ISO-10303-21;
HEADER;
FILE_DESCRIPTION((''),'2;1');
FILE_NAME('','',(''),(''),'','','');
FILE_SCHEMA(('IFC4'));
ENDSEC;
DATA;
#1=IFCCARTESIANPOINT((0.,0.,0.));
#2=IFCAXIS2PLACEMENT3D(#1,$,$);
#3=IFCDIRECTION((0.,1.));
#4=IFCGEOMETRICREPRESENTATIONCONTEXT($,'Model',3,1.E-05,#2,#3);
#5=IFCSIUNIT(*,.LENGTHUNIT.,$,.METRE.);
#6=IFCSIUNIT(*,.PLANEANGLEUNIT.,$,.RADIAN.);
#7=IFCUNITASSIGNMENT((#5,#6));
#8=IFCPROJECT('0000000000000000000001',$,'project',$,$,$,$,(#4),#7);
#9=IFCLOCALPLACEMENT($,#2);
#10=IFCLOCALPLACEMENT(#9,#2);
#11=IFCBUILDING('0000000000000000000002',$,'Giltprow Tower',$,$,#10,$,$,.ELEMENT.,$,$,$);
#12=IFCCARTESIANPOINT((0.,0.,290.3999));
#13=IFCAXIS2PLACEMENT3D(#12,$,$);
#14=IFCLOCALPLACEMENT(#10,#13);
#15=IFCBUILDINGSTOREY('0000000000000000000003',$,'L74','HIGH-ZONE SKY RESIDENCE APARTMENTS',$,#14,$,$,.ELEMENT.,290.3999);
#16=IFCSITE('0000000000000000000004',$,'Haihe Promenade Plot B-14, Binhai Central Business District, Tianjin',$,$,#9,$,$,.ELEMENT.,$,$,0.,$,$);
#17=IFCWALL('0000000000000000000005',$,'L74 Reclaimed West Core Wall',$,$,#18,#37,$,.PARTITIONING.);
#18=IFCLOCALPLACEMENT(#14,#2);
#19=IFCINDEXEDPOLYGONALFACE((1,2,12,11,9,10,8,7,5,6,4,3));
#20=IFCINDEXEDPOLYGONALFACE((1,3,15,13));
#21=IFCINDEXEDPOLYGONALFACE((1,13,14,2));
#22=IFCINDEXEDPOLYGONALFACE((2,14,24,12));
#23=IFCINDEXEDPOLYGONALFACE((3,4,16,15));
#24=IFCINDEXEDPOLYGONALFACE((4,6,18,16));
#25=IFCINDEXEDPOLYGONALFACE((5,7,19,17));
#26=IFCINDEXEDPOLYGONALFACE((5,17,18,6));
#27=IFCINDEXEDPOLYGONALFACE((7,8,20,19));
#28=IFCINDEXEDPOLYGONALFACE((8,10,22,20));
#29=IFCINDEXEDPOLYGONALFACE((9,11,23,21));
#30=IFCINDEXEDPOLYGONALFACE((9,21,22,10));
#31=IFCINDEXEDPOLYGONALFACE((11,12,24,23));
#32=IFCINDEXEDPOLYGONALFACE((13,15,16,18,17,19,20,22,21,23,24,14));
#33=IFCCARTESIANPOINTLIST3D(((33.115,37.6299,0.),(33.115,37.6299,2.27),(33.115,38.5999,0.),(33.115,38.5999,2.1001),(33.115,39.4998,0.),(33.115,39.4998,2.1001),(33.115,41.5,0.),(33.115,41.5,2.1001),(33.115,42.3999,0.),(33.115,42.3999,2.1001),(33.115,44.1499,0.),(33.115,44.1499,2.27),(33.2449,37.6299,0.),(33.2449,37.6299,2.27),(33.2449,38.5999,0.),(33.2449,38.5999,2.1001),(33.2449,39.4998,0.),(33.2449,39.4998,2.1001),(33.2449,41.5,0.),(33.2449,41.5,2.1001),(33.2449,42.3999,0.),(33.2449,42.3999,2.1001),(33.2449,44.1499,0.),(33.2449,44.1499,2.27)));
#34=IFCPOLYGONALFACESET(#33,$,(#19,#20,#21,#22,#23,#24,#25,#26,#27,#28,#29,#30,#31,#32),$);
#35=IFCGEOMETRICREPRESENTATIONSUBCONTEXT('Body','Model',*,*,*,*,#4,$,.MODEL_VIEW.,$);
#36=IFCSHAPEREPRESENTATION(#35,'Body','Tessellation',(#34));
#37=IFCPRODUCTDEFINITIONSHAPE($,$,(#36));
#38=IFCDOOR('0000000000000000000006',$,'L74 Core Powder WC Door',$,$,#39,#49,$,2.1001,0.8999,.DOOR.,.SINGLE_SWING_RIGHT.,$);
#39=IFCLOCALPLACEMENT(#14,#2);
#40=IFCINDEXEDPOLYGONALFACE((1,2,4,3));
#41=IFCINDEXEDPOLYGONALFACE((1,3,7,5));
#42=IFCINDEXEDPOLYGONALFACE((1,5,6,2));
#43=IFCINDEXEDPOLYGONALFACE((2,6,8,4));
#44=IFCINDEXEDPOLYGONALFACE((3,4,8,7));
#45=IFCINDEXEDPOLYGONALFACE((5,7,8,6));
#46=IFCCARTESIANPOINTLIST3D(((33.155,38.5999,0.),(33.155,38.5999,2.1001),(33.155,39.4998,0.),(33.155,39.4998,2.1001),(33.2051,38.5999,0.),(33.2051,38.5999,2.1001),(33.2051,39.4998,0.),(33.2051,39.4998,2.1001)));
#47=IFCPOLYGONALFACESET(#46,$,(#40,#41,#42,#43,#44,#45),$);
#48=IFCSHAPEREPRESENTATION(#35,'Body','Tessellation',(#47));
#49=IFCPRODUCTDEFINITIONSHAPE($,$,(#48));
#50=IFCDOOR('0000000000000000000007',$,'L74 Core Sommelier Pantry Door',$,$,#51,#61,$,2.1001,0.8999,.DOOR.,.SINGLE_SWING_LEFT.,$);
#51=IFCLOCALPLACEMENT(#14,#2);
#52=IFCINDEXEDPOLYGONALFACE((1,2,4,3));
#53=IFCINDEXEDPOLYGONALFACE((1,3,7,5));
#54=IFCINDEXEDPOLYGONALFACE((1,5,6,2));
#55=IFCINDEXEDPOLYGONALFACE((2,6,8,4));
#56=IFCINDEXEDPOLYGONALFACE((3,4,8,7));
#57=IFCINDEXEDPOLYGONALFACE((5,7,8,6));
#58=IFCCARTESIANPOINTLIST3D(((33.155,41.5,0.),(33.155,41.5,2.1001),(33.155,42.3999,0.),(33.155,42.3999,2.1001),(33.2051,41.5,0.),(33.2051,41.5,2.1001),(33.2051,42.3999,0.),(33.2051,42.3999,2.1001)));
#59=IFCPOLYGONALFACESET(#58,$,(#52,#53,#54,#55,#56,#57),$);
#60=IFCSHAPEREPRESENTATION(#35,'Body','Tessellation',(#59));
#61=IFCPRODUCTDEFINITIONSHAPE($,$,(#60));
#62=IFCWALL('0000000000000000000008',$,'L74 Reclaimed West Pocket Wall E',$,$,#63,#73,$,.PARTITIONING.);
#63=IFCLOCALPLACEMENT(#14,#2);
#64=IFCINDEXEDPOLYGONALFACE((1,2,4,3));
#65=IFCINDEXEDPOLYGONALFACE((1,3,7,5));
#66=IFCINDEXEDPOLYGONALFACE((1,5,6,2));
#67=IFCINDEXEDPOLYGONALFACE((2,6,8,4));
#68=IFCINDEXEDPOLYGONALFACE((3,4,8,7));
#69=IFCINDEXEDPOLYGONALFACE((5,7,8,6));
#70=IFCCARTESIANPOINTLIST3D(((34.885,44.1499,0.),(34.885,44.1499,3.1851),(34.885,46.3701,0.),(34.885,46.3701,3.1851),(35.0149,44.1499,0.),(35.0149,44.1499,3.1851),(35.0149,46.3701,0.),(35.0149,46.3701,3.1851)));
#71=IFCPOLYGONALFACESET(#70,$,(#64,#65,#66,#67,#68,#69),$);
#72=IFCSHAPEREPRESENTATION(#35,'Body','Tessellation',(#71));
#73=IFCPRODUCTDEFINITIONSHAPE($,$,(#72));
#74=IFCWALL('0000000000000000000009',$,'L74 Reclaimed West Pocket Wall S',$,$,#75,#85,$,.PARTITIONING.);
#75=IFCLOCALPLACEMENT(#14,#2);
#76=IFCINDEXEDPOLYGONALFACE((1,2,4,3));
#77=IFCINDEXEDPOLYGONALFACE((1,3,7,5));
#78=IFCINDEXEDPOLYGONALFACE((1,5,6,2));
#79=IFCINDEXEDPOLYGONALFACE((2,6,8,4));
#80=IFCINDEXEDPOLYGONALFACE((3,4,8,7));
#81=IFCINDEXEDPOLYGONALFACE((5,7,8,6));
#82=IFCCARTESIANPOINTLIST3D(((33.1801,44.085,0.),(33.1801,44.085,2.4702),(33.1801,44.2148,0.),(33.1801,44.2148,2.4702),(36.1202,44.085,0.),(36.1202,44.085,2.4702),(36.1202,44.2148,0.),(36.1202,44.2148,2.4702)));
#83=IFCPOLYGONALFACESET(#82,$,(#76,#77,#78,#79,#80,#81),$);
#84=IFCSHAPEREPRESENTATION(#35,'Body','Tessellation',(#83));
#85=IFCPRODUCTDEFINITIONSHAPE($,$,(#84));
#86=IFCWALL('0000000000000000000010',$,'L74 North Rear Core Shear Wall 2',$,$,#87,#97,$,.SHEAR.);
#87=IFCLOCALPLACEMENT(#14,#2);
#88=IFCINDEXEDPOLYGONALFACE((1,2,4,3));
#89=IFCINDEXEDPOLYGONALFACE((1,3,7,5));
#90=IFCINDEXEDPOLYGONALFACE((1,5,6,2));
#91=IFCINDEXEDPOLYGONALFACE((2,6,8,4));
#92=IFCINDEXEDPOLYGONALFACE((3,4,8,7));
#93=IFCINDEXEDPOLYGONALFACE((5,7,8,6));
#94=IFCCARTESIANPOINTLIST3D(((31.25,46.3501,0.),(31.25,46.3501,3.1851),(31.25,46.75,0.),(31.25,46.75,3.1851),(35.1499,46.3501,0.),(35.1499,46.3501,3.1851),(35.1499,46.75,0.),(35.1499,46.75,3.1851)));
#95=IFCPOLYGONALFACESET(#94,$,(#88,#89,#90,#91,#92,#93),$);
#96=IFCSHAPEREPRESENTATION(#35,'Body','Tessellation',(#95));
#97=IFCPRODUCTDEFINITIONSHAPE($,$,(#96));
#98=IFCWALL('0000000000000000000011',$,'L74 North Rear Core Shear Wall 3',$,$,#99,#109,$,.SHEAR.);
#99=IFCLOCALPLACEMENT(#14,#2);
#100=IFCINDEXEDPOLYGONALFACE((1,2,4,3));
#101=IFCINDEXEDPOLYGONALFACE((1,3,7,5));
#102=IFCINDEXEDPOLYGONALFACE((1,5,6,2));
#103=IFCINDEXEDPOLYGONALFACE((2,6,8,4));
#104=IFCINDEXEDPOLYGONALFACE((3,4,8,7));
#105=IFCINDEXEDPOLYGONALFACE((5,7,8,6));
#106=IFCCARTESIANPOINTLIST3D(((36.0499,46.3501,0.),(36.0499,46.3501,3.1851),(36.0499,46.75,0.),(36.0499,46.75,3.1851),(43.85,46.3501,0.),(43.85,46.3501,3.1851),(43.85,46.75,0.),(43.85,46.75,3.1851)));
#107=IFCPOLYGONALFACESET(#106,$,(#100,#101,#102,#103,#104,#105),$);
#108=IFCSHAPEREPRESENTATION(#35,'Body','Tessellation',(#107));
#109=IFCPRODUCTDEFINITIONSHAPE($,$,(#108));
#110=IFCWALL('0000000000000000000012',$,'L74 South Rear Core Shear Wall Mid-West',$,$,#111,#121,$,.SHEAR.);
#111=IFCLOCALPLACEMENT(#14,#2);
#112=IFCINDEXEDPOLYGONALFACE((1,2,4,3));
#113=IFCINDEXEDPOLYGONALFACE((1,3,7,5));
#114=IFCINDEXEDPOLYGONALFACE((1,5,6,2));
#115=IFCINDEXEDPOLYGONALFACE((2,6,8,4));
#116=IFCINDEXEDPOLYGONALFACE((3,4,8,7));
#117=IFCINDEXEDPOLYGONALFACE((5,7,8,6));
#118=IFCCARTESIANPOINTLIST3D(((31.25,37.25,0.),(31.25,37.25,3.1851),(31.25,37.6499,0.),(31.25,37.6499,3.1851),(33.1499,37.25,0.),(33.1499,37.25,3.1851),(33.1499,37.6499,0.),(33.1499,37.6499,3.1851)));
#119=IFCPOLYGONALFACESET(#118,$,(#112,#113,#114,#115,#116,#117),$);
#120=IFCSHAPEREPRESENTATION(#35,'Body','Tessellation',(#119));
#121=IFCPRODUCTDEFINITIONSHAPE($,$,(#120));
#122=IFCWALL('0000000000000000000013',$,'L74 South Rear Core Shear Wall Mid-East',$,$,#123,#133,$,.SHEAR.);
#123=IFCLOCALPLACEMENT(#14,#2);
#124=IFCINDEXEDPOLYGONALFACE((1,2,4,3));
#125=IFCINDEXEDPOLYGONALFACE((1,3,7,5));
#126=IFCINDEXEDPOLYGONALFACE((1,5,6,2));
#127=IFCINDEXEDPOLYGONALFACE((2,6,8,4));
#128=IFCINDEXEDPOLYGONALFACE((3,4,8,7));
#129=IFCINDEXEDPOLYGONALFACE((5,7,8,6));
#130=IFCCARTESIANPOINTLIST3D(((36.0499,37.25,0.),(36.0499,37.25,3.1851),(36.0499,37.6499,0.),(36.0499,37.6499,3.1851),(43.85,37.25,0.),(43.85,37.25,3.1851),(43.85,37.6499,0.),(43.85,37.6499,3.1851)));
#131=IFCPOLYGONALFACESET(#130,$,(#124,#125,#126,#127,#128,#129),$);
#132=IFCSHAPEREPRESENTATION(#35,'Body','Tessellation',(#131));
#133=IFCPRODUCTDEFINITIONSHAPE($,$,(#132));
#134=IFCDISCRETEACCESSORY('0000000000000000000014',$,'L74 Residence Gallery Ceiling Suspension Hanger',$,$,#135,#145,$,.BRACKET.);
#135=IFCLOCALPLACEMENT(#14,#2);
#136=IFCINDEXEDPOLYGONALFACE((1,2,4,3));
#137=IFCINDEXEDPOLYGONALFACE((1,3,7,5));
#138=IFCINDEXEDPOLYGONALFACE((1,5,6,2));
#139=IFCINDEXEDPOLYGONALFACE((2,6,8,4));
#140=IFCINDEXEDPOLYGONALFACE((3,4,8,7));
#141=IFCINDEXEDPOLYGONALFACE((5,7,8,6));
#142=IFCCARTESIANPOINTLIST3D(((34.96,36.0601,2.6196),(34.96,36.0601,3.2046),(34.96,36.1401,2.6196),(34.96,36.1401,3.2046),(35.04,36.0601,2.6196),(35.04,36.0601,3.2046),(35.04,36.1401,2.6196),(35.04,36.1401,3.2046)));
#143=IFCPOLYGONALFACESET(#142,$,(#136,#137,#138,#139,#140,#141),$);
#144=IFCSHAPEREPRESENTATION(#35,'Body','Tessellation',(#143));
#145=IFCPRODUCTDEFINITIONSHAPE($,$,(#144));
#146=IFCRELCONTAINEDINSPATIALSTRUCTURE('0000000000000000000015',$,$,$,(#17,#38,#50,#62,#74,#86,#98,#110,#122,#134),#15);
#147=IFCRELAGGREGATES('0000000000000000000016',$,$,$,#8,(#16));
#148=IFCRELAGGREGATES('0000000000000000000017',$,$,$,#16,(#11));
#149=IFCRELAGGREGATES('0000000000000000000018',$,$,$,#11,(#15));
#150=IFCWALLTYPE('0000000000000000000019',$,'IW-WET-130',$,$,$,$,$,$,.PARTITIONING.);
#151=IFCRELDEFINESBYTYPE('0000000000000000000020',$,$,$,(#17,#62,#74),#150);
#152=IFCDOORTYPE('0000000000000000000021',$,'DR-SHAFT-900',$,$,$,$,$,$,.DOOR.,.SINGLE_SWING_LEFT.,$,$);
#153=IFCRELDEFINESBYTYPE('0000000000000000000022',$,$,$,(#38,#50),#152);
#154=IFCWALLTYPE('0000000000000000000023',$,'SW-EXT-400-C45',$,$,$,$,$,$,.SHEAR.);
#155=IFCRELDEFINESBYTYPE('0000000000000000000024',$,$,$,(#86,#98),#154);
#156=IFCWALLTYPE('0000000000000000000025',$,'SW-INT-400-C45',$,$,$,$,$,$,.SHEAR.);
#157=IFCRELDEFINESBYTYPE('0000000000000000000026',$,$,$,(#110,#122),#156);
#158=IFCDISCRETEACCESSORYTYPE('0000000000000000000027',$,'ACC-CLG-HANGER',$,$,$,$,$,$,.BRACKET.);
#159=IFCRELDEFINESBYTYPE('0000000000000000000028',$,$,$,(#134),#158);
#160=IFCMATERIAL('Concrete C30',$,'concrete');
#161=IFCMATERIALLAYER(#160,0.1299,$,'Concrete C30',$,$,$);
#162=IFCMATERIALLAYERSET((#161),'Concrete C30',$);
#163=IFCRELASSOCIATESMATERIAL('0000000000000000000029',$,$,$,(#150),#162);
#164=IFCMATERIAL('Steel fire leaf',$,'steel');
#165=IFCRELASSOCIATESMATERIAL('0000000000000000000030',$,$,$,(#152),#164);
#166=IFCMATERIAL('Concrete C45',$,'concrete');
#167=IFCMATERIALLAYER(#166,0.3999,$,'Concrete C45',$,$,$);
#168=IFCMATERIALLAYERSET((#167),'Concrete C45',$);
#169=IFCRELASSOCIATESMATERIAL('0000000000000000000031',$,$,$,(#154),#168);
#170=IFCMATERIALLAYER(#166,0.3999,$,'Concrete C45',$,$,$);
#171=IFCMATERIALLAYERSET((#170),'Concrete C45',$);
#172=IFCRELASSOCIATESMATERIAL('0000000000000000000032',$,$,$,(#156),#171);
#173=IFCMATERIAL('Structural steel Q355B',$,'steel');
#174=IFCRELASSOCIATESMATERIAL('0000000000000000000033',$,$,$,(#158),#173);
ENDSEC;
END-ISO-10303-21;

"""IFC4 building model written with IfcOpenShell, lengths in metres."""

from ifc_helpers import new_model, si_unit, direction, frame, frame_2d, origin, origin_2d, place, context, subcontext, project, spatial, rectangle, extrude, source, transform, mapped, material, layer, layer_set, type_object, element, fill, save


model = new_model("IFC4")

# Units and contexts
model_context = context("Model", 3, precision=1e-05, world=origin(), true_north=direction((0.0, 1.0)))
body_context = subcontext(model_context, "Body", "Model", "MODEL_VIEW")
ifc_project = project(units=[si_unit("LENGTHUNIT", "METRE"), si_unit("PLANEANGLEUNIT", "RADIAN")], contexts=[model_context])

# Site, building, storey
site_placement = place(None, origin())
site = spatial("IfcSite", under=ifc_project, at=site_placement, Name="Haihe Promenade Plot B-14, Binhai Central Business District, Tianjin", CompositionType="ELEMENT", RefElevation=0.0)
building_placement = place(site_placement, origin())
building = spatial("IfcBuilding", under=site, at=building_placement, Name="Giltprow Tower", CompositionType="ELEMENT")
storey_placement = place(building_placement, frame((0.0, 0.0, 290.3999)))
storey = spatial("IfcBuildingStorey", under=building, at=storey_placement, Name="L74", Description="HIGH-ZONE SKY RESIDENCE APARTMENTS", CompositionType="ELEMENT", Elevation=290.3999)

# Shared definitions
ifc_material_1 = material(Name="Concrete C45", Category="concrete")

# Shared definitions
ifc_material_2 = material(Name="Structural steel Q355B", Category="steel")

# Wall, openings, doors
ifc_material_3 = material(Name="Concrete C30", Category="concrete")
ifc_layer_1 = layer(ifc_material_3, 0.1299, Name="Concrete C30")
ifc_layer_set_1 = layer_set([ifc_layer_1], Name="Concrete C30")
wall_type_1 = type_object("IfcWallType", Name="IW-WET-130", PredefinedType="PARTITIONING", material=ifc_layer_set_1)
wall_1_placement = place(storey_placement, frame((33.1799, 37.6299, 0.0), z_axis=(0.0, 0.0, 1.0), x_axis=(0.0, 1.0, 0.0)))
wall_1 = element("IfcWall", 1, at=wall_1_placement, inside=storey, type_object=wall_type_1, Name="L74 Reclaimed West Core Wall", PredefinedType="PARTITIONING", context=body_context, shape_type="SweptSolid", body=[
    extrude(rectangle(XDim=6.52, YDim=0.1299, at=frame_2d((3.26, 0.0))), origin(), (0.0, 0.0, 1.0), 2.27),
])
opening_1_placement = place(wall_1_placement, frame((0.97, 0.0, 0.0)))
opening_1 = element("IfcOpeningElement", 2, at=opening_1_placement, cuts=wall_1, PredefinedType="OPENING", context=body_context, shape_type="SweptSolid", body=[
    extrude(rectangle(XDim=0.8999, YDim=2.1001, at=frame_2d((0.45, 1.05))), frame((0.0, 0.075, 0.0), z_axis=(0.0, -1.0, 0.0), x_axis=(1.0, 0.0, 0.0)), (0.0, 0.0, 1.0), 0.1499),
])
opening_2_placement = place(wall_1_placement, frame((3.8701, 0.0, 0.0)))
opening_2 = element("IfcOpeningElement", 3, at=opening_2_placement, cuts=wall_1, PredefinedType="OPENING", context=body_context, shape_type="SweptSolid", body=[
    extrude(rectangle(XDim=0.8999, YDim=2.1001, at=frame_2d((0.45, 1.05))), frame((0.0, 0.075, 0.0), z_axis=(0.0, -1.0, 0.0), x_axis=(1.0, 0.0, 0.0)), (0.0, 0.0, 1.0), 0.1499),
])
ifc_material_4 = material(Name="Steel fire leaf", Category="steel")
door_type = type_object("IfcDoorType", Name="DR-SHAFT-900", OperationType="SINGLE_SWING_LEFT", PredefinedType="DOOR", material=ifc_material_4)
shared_shape_1 = source(origin(), body_context, "Body", "SweptSolid", [
    extrude(rectangle(XDim=0.8999, YDim=2.1001, at=frame_2d((0.45, 1.05))), frame((0.0, 0.0249, 0.0), z_axis=(0.0, -1.0, 0.0), x_axis=(1.0, 0.0, 0.0)), (0.0, 0.0, 1.0), 0.05),
])
door_1_placement = place(opening_1_placement, origin())
door_1 = element("IfcDoor", 4, at=door_1_placement, inside=storey, type_object=door_type, Name="L74 Core Powder WC Door", OperationType="SINGLE_SWING_RIGHT", OverallHeight=2.1001, OverallWidth=0.8999, PredefinedType="DOOR", context=body_context, shape_type="MappedRepresentation", body=[
    mapped(shared_shape_1, transform((0.0, 0.0, 0.0), x_axis=(1.0, 0.0, 0.0), y_axis=(0.0, 1.0, 0.0), z_axis=(0.0, 0.0, 1.0), scale=1.0)),
])
fill(opening_1, door_1)
door_2_placement = place(opening_2_placement, origin())
door_2 = element("IfcDoor", 5, at=door_2_placement, inside=storey, type_object=door_type, Name="L74 Core Sommelier Pantry Door", OperationType="SINGLE_SWING_LEFT", OverallHeight=2.1001, OverallWidth=0.8999, PredefinedType="DOOR", context=body_context, shape_type="MappedRepresentation", body=[
    mapped(shared_shape_1, transform((0.0, 0.0, 0.0), x_axis=(1.0, 0.0, 0.0), y_axis=(0.0, 1.0, 0.0), z_axis=(0.0, 0.0, 1.0), scale=1.0)),
])
fill(opening_2, door_2)

# Walls
wall_2_placement = place(storey_placement, frame((34.95, 44.1499, 0.0), z_axis=(0.0, 0.0, 1.0), x_axis=(0.0, 1.0, 0.0)))
element("IfcWall", 6, at=wall_2_placement, inside=storey, type_object=wall_type_1, Name="L74 Reclaimed West Pocket Wall E", PredefinedType="PARTITIONING", context=body_context, shape_type="SweptSolid", body=[
    extrude(rectangle(XDim=2.2202, YDim=0.1299, at=frame_2d((1.1101, 0.0))), origin(), (0.0, 0.0, 1.0), 3.1851),
])
wall_3_placement = place(storey_placement, frame((33.1799, 44.1499, 0.0), z_axis=(0.0, 0.0, 1.0), x_axis=(1.0, 0.0, 0.0)))
element("IfcWall", 7, at=wall_3_placement, inside=storey, type_object=wall_type_1, Name="L74 Reclaimed West Pocket Wall S", PredefinedType="PARTITIONING", context=body_context, shape_type="SweptSolid", body=[
    extrude(rectangle(XDim=2.9402, YDim=0.1299, at=frame_2d((1.4702, 0.0))), origin(), (0.0, 0.0, 1.0), 2.4702),
])
ifc_layer_2 = layer(ifc_material_1, 0.3999, Name="Concrete C45")
ifc_layer_set_2 = layer_set([ifc_layer_2], Name="Concrete C45")
wall_type_2 = type_object("IfcWallType", Name="SW-EXT-400-C45", PredefinedType="SHEAR", material=ifc_layer_set_2)
wall_4_placement = place(storey_placement, frame((31.25, 46.55, 0.0), z_axis=(0.0, 0.0, 1.0), x_axis=(1.0, 0.0, 0.0)))
element("IfcWall", 8, at=wall_4_placement, inside=storey, type_object=wall_type_2, Name="L74 North Rear Core Shear Wall 2", PredefinedType="SHEAR", context=body_context, shape_type="SweptSolid", body=[
    extrude(rectangle(XDim=3.8999, YDim=0.3999, at=frame_2d((1.95, 0.0))), origin(), (0.0, 0.0, 1.0), 3.1851),
])
wall_5_placement = place(storey_placement, frame((36.05, 46.55, 0.0), z_axis=(0.0, 0.0, 1.0), x_axis=(1.0, 0.0, 0.0)))
element("IfcWall", 9, at=wall_5_placement, inside=storey, type_object=wall_type_2, Name="L74 North Rear Core Shear Wall 3", PredefinedType="SHEAR", context=body_context, shape_type="SweptSolid", body=[
    extrude(rectangle(XDim=7.8, YDim=0.3999, at=frame_2d((3.8999, 0.0))), origin(), (0.0, 0.0, 1.0), 3.1851),
])
ifc_layer_3 = layer(ifc_material_1, 0.3999, Name="Concrete C45")
ifc_layer_set_3 = layer_set([ifc_layer_3], Name="Concrete C45")
wall_type_3 = type_object("IfcWallType", Name="SW-INT-400-C45", PredefinedType="SHEAR", material=ifc_layer_set_3)
wall_6_placement = place(storey_placement, frame((31.25, 37.45, 0.0), z_axis=(0.0, 0.0, 1.0), x_axis=(1.0, 0.0, 0.0)))
element("IfcWall", 10, at=wall_6_placement, inside=storey, type_object=wall_type_3, Name="L74 South Rear Core Shear Wall Mid-West", PredefinedType="SHEAR", context=body_context, shape_type="SweptSolid", body=[
    extrude(rectangle(XDim=1.8999, YDim=0.3999, at=frame_2d((0.95, 0.0))), origin(), (0.0, 0.0, 1.0), 3.1851),
])
wall_7_placement = place(storey_placement, frame((36.05, 37.45, 0.0), z_axis=(0.0, 0.0, 1.0), x_axis=(1.0, 0.0, 0.0)))
element("IfcWall", 11, at=wall_7_placement, inside=storey, type_object=wall_type_3, Name="L74 South Rear Core Shear Wall Mid-East", PredefinedType="SHEAR", context=body_context, shape_type="SweptSolid", body=[
    extrude(rectangle(XDim=7.8, YDim=0.3999, at=frame_2d((3.8999, 0.0))), origin(), (0.0, 0.0, 1.0), 3.1851),
])

# Discrete accessory
discrete_accessory_type = type_object("IfcDiscreteAccessoryType", Name="ACC-CLG-HANGER", PredefinedType="BRACKET", material=ifc_material_2)
shared_shape_2 = source(origin(), body_context, "Body", "SweptSolid", [
    extrude(rectangle(XDim=0.0801, YDim=0.0801, at=origin_2d()), origin(), (0.0, 0.0, 1.0), 0.585),
])
discrete_accessory_placement = place(storey_placement, frame((35.0, 36.1001, 2.6196), z_axis=(0.0, 0.0, 1.0), x_axis=(1.0, 0.0, 0.0)))
element("IfcDiscreteAccessory", 12, at=discrete_accessory_placement, inside=storey, type_object=discrete_accessory_type, Name="L74 Residence Gallery Ceiling Suspension Hanger", PredefinedType="BRACKET", context=body_context, shape_type="MappedRepresentation", body=[
    mapped(shared_shape_2, transform((0.0, 0.0, 0.0), x_axis=(1.0, 0.0, 0.0), y_axis=(0.0, 1.0, 0.0), z_axis=(0.0, 0.0, 1.0), scale=1.0)),
])

save(model, "model.ifc")
